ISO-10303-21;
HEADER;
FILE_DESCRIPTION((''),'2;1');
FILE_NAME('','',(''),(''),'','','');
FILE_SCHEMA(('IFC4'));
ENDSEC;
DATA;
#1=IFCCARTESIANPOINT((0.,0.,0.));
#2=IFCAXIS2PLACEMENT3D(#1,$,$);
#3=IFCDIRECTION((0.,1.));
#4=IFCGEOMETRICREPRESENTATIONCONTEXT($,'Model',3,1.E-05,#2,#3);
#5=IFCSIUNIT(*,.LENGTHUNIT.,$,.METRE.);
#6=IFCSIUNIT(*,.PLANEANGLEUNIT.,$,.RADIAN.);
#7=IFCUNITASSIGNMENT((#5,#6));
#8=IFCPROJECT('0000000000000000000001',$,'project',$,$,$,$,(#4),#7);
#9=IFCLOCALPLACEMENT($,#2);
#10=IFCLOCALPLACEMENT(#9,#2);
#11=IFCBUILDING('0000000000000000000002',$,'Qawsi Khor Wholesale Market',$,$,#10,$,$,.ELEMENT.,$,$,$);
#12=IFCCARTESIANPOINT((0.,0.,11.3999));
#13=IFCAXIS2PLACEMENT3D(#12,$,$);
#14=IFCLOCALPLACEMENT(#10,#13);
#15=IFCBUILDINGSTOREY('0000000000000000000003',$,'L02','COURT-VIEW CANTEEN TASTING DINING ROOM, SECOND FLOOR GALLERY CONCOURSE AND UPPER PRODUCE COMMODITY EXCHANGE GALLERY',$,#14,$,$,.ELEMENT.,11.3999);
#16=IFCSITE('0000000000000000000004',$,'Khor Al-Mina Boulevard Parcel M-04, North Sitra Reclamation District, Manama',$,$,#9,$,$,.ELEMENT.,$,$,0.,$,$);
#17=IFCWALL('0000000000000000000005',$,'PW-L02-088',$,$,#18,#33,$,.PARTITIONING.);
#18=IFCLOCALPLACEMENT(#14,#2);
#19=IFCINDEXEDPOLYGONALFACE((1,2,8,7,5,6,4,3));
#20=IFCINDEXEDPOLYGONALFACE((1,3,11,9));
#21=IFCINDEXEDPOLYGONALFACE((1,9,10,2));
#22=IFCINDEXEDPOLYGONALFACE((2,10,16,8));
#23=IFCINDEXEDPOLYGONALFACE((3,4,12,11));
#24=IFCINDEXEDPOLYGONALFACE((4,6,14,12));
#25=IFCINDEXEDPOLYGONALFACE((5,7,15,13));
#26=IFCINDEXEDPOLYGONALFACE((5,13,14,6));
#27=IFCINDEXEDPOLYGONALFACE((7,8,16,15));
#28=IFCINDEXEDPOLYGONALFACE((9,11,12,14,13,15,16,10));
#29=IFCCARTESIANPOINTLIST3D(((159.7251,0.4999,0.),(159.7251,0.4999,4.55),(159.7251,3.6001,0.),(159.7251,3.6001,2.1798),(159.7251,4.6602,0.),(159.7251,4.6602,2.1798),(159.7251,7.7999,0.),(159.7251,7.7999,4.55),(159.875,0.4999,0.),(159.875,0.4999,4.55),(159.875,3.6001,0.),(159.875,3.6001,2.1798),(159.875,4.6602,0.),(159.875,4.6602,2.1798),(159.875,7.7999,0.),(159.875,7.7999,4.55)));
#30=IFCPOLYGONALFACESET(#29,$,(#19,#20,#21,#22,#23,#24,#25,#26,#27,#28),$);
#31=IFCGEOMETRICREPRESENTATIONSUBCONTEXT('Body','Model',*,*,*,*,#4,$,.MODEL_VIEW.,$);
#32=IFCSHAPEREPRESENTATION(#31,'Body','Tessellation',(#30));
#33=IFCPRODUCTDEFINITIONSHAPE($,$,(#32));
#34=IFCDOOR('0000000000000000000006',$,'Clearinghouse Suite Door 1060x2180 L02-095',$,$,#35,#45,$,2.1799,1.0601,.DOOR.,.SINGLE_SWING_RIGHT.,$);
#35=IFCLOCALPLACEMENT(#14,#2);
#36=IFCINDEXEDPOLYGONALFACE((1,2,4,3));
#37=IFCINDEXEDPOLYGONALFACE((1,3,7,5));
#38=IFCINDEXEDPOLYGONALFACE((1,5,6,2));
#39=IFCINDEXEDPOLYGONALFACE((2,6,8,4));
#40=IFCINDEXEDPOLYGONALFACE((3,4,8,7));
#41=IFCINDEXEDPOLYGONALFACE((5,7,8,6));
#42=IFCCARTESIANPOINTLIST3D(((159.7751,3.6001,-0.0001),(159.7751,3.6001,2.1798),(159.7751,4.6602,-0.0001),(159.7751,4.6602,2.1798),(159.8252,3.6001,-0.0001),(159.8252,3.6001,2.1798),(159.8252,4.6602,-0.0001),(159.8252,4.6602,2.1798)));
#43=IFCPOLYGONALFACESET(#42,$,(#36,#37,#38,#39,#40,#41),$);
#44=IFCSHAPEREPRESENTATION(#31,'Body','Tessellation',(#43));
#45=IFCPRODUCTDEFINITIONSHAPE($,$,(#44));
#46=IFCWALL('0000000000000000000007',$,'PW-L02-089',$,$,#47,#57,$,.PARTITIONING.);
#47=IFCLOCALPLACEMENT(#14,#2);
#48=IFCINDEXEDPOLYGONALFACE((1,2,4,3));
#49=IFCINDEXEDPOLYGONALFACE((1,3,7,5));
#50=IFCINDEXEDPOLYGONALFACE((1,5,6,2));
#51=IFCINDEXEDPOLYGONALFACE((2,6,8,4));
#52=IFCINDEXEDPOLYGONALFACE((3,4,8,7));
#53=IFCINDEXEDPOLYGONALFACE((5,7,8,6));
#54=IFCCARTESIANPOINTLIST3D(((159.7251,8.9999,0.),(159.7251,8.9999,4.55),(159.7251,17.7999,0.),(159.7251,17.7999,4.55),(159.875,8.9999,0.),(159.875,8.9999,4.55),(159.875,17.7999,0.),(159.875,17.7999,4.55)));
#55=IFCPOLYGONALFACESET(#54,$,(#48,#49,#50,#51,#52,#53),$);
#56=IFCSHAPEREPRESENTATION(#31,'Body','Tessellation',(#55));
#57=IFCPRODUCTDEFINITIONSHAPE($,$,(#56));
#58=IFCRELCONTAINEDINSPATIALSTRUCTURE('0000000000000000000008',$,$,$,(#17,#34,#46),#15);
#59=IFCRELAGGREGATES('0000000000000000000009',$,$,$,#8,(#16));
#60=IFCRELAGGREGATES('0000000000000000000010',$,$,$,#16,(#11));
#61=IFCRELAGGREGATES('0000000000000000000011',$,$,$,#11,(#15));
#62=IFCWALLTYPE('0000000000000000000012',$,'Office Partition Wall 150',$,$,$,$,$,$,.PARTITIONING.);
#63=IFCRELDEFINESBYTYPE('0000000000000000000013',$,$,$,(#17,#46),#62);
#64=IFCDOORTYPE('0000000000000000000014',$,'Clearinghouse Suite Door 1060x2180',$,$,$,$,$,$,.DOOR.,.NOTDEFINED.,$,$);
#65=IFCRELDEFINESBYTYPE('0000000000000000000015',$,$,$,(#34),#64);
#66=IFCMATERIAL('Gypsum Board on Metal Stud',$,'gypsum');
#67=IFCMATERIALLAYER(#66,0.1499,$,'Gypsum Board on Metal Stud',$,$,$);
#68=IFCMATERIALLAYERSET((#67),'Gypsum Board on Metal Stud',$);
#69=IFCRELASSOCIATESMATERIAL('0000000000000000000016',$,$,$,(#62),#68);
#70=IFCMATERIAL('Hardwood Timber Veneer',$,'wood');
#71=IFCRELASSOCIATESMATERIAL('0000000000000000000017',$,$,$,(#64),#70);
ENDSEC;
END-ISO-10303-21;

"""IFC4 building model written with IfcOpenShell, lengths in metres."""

from ifc_helpers import new_model, si_unit, direction, frame, frame_2d, origin, place, context, subcontext, project, spatial, rectangle, extrude, material, layer, layer_set, type_object, element, fill, save


model = new_model("IFC4")

# Units and contexts
model_context = context("Model", 3, precision=1e-05, world=origin(), true_north=direction((0.0, 1.0)))
body_context = subcontext(model_context, "Body", "Model", "MODEL_VIEW")
ifc_project = project(units=[si_unit("LENGTHUNIT", "METRE"), si_unit("PLANEANGLEUNIT", "RADIAN")], contexts=[model_context])

# Site, building, storey
site_placement = place(None, origin())
site = spatial("IfcSite", under=ifc_project, at=site_placement, Name="Khor Al-Mina Boulevard Parcel M-04, North Sitra Reclamation District, Manama", CompositionType="ELEMENT", RefElevation=0.0)
building_placement = place(site_placement, origin())
building = spatial("IfcBuilding", under=site, at=building_placement, Name="Qawsi Khor Wholesale Market", CompositionType="ELEMENT")
storey_placement = place(building_placement, frame((0.0, 0.0, 11.3999)))
storey = spatial("IfcBuildingStorey", under=building, at=storey_placement, Name="L02", Description="COURT-VIEW CANTEEN TASTING DINING ROOM, SECOND FLOOR GALLERY CONCOURSE AND UPPER PRODUCE COMMODITY EXCHANGE GALLERY", CompositionType="ELEMENT", Elevation=11.3999)

# Shared definitions
ifc_material_1 = material(Name="Hardwood Timber Veneer", Category="wood")

# Wall, opening, door
ifc_material_2 = material(Name="Gypsum Board on Metal Stud", Category="gypsum")
ifc_layer_1 = layer(ifc_material_2, 0.1499, Name="Gypsum Board on Metal Stud")
ifc_layer_set_1 = layer_set([ifc_layer_1], Name="Gypsum Board on Metal Stud")
wall_type_1 = type_object("IfcWallType", Name="Office Partition Wall 150", PredefinedType="PARTITIONING", material=ifc_layer_set_1)
wall_1_placement = place(storey_placement, frame((159.8, 0.5, 0.0), z_axis=(0.0, 0.0, 1.0), x_axis=(0.0, 1.0, 0.0)))
wall_1 = element("IfcWall", 1, at=wall_1_placement, inside=storey, type_object=wall_type_1, Name="PW-L02-088", PredefinedType="PARTITIONING", context=body_context, shape_type="SweptSolid", body=[
    extrude(rectangle(XDim=7.3, YDim=0.1499, at=frame_2d((3.6499, 0.0))), origin(), (0.0, 0.0, 1.0), 4.55),
])
opening_1_placement = place(wall_1_placement, frame((3.1001, 0.0, 0.0)))
opening_1 = element("IfcOpeningElement", 2, at=opening_1_placement, cuts=wall_1, PredefinedType="OPENING", context=body_context, shape_type="SweptSolid", body=[
    extrude(rectangle(XDim=1.0601, YDim=2.1799, at=frame_2d((0.53, 1.0898))), frame((0.0, 0.085, 0.0), z_axis=(0.0, -1.0, 0.0), x_axis=(1.0, 0.0, 0.0)), (0.0, 0.0, 1.0), 0.1699),
])
door_type_1 = type_object("IfcDoorType", Name="Clearinghouse Suite Door 1060x2180", OperationType="NOTDEFINED", PredefinedType="DOOR", material=ifc_material_1)
door_1_placement = place(opening_1_placement, origin())
door_1 = element("IfcDoor", 3, at=door_1_placement, inside=storey, type_object=door_type_1, Name="Clearinghouse Suite Door 1060x2180 L02-095", OperationType="SINGLE_SWING_RIGHT", OverallHeight=2.1799, OverallWidth=1.0601, PredefinedType="DOOR", context=body_context, shape_type="SweptSolid", body=[
    extrude(rectangle(XDim=1.0601, YDim=2.1799, at=frame_2d((0.53, 1.0898))), frame((0.0, 0.0249, 0.0), z_axis=(0.0, -1.0, 0.0), x_axis=(1.0, 0.0, 0.0)), (0.0, 0.0, 1.0), 0.05),
])
fill(opening_1, door_1)

# Wall
wall_2_placement = place(storey_placement, frame((159.8, 9.0, 0.0), z_axis=(0.0, 0.0, 1.0), x_axis=(0.0, 1.0, 0.0)))
element("IfcWall", 4, at=wall_2_placement, inside=storey, type_object=wall_type_1, Name="PW-L02-089", PredefinedType="PARTITIONING", context=body_context, shape_type="SweptSolid", body=[
    extrude(rectangle(XDim=8.8, YDim=0.1499, at=frame_2d((4.3999, 0.0))), origin(), (0.0, 0.0, 1.0), 4.55),
])

save(model, "model.ifc")
